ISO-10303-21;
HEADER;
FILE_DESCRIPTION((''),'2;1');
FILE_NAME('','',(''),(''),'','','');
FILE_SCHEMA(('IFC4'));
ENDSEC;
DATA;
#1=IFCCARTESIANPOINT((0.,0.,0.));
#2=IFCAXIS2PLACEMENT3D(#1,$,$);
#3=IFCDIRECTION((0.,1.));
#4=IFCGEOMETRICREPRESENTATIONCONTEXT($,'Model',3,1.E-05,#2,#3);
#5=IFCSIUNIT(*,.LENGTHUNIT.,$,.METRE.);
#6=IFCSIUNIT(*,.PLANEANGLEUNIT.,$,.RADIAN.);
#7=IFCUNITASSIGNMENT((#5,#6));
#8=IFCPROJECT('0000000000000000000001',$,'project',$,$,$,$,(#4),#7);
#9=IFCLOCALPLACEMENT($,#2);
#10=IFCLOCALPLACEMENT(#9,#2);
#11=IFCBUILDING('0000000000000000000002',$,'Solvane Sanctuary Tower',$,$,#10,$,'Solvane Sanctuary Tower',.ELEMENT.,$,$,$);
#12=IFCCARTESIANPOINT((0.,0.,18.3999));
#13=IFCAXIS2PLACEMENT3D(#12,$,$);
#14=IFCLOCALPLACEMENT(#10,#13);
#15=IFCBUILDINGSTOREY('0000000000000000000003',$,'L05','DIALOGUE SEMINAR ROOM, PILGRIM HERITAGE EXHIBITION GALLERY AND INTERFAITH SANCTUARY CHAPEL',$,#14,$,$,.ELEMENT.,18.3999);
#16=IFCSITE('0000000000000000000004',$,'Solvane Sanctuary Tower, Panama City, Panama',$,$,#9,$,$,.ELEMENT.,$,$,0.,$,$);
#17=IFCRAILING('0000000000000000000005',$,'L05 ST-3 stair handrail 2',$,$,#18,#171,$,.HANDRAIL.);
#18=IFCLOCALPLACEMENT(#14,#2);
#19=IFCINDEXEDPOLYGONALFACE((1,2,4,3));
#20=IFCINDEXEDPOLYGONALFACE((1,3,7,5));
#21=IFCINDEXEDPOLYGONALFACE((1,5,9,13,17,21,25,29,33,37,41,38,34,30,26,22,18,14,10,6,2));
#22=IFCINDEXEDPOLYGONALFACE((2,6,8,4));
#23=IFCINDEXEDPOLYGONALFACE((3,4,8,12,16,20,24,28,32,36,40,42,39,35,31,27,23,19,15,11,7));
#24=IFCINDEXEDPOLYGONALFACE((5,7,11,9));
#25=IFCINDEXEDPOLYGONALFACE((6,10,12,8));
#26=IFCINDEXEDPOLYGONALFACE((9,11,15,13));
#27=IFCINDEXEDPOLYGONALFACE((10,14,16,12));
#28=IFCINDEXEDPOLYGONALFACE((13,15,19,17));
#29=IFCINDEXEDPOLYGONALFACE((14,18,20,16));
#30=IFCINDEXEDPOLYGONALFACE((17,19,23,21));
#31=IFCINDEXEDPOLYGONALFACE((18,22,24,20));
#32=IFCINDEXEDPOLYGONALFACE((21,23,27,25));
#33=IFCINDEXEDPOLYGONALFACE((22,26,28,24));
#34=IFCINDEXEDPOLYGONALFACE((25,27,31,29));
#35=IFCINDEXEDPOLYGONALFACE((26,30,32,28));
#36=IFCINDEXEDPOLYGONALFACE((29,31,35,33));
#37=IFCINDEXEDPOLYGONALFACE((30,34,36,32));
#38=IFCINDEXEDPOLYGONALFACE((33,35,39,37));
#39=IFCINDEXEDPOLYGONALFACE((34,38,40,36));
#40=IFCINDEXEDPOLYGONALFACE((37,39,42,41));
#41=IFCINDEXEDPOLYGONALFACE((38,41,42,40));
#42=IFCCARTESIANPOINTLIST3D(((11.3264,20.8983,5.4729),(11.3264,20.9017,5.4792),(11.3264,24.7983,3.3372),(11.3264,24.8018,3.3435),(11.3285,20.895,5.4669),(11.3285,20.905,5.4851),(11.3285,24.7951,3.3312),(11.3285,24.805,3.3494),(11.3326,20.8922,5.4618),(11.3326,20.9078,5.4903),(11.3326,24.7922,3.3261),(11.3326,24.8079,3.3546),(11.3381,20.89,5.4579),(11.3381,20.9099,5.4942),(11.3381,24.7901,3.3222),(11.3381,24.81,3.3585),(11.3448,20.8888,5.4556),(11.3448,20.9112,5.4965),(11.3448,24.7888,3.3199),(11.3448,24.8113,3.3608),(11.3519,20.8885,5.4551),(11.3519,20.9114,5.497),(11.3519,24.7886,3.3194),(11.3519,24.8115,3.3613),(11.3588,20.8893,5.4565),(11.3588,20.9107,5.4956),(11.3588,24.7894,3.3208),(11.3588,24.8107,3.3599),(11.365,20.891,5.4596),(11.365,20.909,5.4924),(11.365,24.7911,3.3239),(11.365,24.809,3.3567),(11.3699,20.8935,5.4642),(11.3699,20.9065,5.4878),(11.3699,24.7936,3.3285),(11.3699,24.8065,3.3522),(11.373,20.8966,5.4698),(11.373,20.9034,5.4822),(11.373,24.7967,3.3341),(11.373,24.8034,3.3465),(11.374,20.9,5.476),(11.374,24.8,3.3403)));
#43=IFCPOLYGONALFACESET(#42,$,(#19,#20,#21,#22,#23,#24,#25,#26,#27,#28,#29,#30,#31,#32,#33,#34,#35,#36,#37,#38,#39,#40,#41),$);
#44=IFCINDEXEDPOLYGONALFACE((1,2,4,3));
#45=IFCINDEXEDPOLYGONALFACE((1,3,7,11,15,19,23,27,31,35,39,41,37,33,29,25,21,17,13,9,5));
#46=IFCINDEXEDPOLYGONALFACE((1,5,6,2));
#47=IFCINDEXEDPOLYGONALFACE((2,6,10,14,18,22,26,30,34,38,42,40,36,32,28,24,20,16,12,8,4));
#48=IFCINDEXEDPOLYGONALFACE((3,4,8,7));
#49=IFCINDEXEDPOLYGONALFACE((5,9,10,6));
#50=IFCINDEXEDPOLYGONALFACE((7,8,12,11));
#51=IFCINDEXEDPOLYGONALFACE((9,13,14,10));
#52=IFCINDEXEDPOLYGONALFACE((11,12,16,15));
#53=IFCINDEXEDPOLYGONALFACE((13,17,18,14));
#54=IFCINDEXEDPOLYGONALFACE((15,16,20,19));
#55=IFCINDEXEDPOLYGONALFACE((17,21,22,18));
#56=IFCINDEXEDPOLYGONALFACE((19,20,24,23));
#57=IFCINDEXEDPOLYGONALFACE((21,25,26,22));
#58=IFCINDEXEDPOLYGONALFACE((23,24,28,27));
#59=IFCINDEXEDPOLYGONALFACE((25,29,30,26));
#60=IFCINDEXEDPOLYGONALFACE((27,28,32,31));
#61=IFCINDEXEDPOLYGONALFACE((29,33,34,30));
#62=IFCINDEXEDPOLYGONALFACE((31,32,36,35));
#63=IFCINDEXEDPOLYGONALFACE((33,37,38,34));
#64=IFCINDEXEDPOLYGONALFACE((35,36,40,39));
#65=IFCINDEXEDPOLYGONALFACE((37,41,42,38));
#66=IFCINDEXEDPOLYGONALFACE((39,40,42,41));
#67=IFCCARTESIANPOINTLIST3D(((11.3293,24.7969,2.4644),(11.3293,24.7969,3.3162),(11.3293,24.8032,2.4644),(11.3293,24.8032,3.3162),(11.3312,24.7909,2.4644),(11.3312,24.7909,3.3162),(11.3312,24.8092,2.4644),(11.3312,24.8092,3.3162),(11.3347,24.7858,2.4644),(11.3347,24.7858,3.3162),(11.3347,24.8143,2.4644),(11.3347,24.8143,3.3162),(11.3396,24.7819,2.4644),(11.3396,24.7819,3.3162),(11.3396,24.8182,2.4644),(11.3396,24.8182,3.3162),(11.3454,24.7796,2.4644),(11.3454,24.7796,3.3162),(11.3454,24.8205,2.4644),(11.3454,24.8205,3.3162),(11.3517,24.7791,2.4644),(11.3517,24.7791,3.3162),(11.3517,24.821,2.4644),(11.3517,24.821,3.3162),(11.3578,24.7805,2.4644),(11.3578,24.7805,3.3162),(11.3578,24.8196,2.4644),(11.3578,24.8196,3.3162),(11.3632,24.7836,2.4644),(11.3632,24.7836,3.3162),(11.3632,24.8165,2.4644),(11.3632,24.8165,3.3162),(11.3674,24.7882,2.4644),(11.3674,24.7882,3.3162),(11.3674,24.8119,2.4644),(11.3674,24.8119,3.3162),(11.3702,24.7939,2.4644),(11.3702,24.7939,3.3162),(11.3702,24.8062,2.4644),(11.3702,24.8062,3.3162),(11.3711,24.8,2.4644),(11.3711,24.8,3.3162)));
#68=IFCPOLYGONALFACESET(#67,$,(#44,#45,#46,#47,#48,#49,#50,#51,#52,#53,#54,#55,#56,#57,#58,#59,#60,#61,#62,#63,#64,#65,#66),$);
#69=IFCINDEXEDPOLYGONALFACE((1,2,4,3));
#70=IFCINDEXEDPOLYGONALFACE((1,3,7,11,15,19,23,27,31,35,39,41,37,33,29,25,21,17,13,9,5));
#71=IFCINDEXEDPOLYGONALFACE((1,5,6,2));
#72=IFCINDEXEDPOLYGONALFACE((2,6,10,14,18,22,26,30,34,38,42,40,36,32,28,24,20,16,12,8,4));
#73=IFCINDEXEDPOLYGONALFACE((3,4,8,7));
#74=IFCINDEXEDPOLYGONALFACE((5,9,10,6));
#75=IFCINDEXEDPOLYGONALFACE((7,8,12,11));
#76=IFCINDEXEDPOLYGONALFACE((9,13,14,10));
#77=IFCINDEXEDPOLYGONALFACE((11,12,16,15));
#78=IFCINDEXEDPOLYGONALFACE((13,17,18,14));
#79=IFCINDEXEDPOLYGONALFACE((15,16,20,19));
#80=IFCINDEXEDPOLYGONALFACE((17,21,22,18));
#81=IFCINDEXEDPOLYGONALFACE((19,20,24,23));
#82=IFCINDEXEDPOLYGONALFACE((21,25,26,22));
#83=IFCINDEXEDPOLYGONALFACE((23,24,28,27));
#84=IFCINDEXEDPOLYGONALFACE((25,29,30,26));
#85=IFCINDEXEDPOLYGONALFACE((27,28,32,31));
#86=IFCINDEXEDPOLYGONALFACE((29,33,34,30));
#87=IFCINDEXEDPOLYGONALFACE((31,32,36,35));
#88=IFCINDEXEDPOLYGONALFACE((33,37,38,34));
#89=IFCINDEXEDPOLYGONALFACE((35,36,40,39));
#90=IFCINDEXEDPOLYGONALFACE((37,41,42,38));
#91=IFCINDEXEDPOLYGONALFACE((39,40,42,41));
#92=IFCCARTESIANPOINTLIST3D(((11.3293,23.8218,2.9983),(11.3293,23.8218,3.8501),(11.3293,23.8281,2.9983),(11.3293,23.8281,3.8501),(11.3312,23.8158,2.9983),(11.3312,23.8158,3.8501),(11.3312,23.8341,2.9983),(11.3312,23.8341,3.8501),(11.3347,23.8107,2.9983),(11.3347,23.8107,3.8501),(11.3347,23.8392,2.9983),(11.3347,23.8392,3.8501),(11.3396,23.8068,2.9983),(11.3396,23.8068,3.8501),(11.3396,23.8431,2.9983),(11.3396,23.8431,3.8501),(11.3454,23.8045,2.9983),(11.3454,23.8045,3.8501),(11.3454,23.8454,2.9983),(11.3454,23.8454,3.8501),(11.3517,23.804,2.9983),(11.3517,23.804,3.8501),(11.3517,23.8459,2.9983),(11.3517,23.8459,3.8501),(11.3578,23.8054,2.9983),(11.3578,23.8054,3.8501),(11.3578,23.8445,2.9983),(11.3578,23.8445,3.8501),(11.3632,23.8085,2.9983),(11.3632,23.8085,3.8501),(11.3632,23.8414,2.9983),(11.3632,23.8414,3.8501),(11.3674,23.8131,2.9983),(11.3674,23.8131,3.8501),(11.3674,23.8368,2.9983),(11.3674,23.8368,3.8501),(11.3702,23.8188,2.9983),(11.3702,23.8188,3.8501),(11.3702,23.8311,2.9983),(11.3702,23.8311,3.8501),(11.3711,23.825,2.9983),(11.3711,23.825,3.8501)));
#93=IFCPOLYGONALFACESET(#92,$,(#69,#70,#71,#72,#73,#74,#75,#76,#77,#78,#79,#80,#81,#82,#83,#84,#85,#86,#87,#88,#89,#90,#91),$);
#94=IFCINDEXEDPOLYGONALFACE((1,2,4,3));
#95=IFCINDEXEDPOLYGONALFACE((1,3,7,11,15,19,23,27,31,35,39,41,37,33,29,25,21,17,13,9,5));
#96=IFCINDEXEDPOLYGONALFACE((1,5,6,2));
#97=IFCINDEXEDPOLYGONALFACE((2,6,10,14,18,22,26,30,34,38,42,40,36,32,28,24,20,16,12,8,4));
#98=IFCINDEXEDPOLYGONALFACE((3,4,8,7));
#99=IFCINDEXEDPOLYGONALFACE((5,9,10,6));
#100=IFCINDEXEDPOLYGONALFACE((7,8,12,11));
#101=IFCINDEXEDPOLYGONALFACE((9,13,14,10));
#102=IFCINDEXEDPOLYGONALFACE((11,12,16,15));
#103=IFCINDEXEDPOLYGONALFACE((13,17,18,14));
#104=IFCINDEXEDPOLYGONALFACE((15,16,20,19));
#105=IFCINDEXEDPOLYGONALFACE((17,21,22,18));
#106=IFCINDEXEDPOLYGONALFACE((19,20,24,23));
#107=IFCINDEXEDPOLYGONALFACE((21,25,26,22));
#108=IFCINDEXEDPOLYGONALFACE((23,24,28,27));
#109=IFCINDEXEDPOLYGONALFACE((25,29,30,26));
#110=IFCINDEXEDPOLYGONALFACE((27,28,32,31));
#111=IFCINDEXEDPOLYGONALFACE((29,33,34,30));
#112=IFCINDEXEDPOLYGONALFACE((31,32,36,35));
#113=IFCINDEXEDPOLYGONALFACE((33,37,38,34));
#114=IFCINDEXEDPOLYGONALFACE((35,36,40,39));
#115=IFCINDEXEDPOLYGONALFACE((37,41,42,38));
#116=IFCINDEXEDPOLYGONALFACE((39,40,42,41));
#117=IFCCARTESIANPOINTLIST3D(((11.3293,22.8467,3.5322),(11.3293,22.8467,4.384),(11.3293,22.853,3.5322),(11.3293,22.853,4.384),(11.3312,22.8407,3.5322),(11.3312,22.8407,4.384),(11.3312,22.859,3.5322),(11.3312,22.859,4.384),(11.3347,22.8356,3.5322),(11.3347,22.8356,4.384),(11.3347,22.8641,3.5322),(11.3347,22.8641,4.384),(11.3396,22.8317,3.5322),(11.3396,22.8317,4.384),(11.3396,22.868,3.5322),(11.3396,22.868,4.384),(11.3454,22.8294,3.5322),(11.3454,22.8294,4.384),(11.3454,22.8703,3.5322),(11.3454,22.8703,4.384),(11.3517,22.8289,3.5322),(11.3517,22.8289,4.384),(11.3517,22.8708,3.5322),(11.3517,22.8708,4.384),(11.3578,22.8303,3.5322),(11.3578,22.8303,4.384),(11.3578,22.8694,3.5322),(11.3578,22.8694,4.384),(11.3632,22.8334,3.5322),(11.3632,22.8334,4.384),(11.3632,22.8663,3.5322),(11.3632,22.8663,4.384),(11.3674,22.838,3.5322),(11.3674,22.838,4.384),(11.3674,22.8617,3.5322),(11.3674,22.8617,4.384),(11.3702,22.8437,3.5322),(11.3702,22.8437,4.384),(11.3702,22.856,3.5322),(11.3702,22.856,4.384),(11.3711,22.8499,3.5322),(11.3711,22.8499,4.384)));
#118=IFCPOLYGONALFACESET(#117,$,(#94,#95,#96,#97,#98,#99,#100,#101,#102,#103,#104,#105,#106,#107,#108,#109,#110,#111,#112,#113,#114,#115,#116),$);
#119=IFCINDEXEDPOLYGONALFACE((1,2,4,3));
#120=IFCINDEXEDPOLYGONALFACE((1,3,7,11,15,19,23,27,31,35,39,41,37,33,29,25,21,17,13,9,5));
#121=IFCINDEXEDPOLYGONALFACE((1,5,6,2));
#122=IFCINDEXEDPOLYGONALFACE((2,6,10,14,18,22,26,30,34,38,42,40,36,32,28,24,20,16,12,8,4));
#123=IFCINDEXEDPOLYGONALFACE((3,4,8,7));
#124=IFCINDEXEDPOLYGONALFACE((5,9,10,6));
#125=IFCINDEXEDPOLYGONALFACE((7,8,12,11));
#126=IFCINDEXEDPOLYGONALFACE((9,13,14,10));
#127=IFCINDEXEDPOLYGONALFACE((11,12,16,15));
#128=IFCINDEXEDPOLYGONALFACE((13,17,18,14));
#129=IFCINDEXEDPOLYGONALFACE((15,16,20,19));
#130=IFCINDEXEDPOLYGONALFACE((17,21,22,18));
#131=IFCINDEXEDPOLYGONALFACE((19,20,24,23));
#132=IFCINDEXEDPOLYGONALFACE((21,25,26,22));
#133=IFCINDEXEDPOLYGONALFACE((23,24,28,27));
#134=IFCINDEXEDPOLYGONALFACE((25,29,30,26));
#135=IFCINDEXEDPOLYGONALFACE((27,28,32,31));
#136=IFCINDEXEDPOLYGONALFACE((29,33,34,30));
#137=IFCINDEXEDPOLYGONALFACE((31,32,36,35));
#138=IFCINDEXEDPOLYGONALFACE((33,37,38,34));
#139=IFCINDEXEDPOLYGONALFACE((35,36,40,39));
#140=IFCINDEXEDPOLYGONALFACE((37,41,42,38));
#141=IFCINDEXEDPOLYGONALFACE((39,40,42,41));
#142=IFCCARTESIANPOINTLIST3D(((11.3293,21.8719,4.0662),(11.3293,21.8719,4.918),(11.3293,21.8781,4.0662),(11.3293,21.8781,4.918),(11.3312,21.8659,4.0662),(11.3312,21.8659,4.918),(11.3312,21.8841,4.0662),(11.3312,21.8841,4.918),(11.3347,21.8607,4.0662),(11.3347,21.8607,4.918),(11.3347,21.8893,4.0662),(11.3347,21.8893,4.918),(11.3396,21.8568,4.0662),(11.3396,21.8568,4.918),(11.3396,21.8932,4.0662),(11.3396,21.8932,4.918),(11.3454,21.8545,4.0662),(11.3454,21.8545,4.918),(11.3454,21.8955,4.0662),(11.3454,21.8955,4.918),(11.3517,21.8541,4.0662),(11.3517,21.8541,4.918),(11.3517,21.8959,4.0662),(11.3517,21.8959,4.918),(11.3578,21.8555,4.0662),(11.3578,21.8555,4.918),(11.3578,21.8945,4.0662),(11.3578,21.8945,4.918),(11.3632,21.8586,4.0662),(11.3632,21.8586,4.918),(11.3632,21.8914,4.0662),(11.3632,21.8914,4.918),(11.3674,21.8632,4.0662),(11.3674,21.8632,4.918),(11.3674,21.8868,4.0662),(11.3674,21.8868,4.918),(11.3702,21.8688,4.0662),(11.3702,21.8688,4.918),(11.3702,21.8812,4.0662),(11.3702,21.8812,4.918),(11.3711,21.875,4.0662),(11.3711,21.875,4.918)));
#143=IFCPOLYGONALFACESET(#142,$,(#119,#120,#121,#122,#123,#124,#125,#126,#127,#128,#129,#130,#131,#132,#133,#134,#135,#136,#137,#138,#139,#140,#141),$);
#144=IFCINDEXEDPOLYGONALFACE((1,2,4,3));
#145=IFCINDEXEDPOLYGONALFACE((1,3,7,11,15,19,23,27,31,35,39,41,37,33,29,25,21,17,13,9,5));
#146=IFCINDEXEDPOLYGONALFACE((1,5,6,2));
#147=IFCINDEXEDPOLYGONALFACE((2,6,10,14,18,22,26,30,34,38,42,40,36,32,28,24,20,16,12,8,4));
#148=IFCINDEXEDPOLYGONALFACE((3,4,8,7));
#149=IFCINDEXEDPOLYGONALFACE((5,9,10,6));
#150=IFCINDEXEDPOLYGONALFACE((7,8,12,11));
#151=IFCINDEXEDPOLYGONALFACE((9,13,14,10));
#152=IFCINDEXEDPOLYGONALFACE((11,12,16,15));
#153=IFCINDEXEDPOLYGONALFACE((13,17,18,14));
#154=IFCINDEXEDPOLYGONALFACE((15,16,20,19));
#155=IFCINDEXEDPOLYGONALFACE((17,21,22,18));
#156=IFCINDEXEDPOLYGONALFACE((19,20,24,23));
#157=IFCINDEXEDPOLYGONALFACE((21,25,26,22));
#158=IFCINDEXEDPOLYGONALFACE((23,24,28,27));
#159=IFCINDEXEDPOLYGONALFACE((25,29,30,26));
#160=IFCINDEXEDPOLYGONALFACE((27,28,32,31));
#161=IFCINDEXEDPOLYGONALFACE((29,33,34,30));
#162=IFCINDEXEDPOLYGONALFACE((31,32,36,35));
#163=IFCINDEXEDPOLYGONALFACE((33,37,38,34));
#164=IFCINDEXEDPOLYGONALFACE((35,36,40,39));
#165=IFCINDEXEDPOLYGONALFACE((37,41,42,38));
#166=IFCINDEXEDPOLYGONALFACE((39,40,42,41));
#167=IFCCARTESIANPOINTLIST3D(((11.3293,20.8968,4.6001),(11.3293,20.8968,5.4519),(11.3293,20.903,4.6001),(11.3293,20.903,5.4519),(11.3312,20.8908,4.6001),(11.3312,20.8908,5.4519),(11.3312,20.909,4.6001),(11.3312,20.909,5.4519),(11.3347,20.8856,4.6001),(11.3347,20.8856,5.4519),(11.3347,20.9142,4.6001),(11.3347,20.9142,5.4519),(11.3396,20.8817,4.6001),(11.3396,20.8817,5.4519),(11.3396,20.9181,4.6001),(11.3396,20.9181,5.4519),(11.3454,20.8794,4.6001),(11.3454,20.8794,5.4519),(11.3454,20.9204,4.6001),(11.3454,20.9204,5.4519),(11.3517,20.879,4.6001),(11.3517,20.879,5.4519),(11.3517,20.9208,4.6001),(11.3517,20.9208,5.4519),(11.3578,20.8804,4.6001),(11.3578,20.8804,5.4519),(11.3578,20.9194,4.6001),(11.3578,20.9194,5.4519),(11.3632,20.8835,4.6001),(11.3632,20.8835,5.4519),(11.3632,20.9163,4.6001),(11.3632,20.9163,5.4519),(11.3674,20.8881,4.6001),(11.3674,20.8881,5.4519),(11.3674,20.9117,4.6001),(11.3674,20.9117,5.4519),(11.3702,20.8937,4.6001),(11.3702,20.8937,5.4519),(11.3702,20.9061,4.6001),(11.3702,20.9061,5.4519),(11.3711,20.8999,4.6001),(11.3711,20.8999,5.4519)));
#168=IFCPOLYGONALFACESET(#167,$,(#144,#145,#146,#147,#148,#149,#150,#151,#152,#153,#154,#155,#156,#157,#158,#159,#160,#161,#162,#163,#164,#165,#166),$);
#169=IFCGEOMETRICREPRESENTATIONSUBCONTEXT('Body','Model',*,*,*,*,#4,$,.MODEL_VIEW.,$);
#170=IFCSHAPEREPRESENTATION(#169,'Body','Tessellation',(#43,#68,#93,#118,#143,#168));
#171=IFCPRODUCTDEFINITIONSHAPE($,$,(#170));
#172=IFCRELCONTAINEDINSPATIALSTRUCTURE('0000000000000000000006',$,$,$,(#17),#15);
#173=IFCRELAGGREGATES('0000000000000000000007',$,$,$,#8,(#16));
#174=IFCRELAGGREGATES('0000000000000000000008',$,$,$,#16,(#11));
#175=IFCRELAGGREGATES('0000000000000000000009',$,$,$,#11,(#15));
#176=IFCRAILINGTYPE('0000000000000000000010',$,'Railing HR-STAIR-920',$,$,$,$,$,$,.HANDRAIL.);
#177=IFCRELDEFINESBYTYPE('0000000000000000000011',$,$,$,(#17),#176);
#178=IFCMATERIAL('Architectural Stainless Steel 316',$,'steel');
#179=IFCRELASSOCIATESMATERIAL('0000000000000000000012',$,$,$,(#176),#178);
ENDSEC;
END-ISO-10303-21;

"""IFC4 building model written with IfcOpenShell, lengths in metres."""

from ifc_helpers import new_model, si_unit, direction, frame, origin, origin_2d, place, context, subcontext, project, spatial, circle, extrude, material, type_object, element, save


model = new_model("IFC4")

# Units and contexts
model_context = context("Model", 3, precision=1e-05, world=origin(), true_north=direction((0.0, 1.0)))
body_context = subcontext(model_context, "Body", "Model", "MODEL_VIEW")
ifc_project = project(units=[si_unit("LENGTHUNIT", "METRE"), si_unit("PLANEANGLEUNIT", "RADIAN")], contexts=[model_context])

# Site, building, storey
site_placement = place(None, origin())
site = spatial("IfcSite", under=ifc_project, at=site_placement, Name="Solvane Sanctuary Tower, Panama City, Panama", CompositionType="ELEMENT", RefElevation=0.0)
building_placement = place(site_placement, origin())
building = spatial("IfcBuilding", under=site, at=building_placement, Name="Solvane Sanctuary Tower", LongName="Solvane Sanctuary Tower", CompositionType="ELEMENT")
storey_placement = place(building_placement, frame((0.0, 0.0, 18.3999)))
storey = spatial("IfcBuildingStorey", under=building, at=storey_placement, Name="L05", Description="DIALOGUE SEMINAR ROOM, PILGRIM HERITAGE EXHIBITION GALLERY AND INTERFAITH SANCTUARY CHAPEL", CompositionType="ELEMENT", Elevation=18.3999)

# Railing
ifc_material_1 = material(Name="Architectural Stainless Steel 316", Category="steel")
railing_type_1 = type_object("IfcRailingType", Name="Railing HR-STAIR-920", PredefinedType="HANDRAIL", material=ifc_material_1)
railing_1_placement = place(storey_placement, frame((11.3501, 24.8, 2.4644)))
element("IfcRailing", 1, at=railing_1_placement, inside=storey, type_object=railing_type_1, Name="L05 ST-3 stair handrail 2", PredefinedType="HANDRAIL", context=body_context, shape_type="SweptSolid", body=[
    extrude(circle(Radius=0.0239, at=origin_2d()), frame((0.0, 0.0, 0.876), z_axis=(0.0, -0.877101, 0.480306), x_axis=(1.0, 0.0, 0.0)), (0.0, 0.0, 1.0), 4.4465),
    extrude(circle(Radius=0.021, at=origin_2d()), origin(), (0.0, 0.0, 1.0), 0.8518),
    extrude(circle(Radius=0.021, at=origin_2d()), frame((0.0, -0.9751, 0.5339)), (0.0, 0.0, 1.0), 0.8518),
    extrude(circle(Radius=0.021, at=origin_2d()), frame((0.0, -1.9502, 1.0679)), (0.0, 0.0, 1.0), 0.8518),
    extrude(circle(Radius=0.021, at=origin_2d()), frame((0.0, -2.925, 1.6018)), (0.0, 0.0, 1.0), 0.8518),
    extrude(circle(Radius=0.021, at=origin_2d()), frame((0.0, -3.9001, 2.1357)), (0.0, 0.0, 1.0), 0.8518),
])

save(model, "model.ifc")
